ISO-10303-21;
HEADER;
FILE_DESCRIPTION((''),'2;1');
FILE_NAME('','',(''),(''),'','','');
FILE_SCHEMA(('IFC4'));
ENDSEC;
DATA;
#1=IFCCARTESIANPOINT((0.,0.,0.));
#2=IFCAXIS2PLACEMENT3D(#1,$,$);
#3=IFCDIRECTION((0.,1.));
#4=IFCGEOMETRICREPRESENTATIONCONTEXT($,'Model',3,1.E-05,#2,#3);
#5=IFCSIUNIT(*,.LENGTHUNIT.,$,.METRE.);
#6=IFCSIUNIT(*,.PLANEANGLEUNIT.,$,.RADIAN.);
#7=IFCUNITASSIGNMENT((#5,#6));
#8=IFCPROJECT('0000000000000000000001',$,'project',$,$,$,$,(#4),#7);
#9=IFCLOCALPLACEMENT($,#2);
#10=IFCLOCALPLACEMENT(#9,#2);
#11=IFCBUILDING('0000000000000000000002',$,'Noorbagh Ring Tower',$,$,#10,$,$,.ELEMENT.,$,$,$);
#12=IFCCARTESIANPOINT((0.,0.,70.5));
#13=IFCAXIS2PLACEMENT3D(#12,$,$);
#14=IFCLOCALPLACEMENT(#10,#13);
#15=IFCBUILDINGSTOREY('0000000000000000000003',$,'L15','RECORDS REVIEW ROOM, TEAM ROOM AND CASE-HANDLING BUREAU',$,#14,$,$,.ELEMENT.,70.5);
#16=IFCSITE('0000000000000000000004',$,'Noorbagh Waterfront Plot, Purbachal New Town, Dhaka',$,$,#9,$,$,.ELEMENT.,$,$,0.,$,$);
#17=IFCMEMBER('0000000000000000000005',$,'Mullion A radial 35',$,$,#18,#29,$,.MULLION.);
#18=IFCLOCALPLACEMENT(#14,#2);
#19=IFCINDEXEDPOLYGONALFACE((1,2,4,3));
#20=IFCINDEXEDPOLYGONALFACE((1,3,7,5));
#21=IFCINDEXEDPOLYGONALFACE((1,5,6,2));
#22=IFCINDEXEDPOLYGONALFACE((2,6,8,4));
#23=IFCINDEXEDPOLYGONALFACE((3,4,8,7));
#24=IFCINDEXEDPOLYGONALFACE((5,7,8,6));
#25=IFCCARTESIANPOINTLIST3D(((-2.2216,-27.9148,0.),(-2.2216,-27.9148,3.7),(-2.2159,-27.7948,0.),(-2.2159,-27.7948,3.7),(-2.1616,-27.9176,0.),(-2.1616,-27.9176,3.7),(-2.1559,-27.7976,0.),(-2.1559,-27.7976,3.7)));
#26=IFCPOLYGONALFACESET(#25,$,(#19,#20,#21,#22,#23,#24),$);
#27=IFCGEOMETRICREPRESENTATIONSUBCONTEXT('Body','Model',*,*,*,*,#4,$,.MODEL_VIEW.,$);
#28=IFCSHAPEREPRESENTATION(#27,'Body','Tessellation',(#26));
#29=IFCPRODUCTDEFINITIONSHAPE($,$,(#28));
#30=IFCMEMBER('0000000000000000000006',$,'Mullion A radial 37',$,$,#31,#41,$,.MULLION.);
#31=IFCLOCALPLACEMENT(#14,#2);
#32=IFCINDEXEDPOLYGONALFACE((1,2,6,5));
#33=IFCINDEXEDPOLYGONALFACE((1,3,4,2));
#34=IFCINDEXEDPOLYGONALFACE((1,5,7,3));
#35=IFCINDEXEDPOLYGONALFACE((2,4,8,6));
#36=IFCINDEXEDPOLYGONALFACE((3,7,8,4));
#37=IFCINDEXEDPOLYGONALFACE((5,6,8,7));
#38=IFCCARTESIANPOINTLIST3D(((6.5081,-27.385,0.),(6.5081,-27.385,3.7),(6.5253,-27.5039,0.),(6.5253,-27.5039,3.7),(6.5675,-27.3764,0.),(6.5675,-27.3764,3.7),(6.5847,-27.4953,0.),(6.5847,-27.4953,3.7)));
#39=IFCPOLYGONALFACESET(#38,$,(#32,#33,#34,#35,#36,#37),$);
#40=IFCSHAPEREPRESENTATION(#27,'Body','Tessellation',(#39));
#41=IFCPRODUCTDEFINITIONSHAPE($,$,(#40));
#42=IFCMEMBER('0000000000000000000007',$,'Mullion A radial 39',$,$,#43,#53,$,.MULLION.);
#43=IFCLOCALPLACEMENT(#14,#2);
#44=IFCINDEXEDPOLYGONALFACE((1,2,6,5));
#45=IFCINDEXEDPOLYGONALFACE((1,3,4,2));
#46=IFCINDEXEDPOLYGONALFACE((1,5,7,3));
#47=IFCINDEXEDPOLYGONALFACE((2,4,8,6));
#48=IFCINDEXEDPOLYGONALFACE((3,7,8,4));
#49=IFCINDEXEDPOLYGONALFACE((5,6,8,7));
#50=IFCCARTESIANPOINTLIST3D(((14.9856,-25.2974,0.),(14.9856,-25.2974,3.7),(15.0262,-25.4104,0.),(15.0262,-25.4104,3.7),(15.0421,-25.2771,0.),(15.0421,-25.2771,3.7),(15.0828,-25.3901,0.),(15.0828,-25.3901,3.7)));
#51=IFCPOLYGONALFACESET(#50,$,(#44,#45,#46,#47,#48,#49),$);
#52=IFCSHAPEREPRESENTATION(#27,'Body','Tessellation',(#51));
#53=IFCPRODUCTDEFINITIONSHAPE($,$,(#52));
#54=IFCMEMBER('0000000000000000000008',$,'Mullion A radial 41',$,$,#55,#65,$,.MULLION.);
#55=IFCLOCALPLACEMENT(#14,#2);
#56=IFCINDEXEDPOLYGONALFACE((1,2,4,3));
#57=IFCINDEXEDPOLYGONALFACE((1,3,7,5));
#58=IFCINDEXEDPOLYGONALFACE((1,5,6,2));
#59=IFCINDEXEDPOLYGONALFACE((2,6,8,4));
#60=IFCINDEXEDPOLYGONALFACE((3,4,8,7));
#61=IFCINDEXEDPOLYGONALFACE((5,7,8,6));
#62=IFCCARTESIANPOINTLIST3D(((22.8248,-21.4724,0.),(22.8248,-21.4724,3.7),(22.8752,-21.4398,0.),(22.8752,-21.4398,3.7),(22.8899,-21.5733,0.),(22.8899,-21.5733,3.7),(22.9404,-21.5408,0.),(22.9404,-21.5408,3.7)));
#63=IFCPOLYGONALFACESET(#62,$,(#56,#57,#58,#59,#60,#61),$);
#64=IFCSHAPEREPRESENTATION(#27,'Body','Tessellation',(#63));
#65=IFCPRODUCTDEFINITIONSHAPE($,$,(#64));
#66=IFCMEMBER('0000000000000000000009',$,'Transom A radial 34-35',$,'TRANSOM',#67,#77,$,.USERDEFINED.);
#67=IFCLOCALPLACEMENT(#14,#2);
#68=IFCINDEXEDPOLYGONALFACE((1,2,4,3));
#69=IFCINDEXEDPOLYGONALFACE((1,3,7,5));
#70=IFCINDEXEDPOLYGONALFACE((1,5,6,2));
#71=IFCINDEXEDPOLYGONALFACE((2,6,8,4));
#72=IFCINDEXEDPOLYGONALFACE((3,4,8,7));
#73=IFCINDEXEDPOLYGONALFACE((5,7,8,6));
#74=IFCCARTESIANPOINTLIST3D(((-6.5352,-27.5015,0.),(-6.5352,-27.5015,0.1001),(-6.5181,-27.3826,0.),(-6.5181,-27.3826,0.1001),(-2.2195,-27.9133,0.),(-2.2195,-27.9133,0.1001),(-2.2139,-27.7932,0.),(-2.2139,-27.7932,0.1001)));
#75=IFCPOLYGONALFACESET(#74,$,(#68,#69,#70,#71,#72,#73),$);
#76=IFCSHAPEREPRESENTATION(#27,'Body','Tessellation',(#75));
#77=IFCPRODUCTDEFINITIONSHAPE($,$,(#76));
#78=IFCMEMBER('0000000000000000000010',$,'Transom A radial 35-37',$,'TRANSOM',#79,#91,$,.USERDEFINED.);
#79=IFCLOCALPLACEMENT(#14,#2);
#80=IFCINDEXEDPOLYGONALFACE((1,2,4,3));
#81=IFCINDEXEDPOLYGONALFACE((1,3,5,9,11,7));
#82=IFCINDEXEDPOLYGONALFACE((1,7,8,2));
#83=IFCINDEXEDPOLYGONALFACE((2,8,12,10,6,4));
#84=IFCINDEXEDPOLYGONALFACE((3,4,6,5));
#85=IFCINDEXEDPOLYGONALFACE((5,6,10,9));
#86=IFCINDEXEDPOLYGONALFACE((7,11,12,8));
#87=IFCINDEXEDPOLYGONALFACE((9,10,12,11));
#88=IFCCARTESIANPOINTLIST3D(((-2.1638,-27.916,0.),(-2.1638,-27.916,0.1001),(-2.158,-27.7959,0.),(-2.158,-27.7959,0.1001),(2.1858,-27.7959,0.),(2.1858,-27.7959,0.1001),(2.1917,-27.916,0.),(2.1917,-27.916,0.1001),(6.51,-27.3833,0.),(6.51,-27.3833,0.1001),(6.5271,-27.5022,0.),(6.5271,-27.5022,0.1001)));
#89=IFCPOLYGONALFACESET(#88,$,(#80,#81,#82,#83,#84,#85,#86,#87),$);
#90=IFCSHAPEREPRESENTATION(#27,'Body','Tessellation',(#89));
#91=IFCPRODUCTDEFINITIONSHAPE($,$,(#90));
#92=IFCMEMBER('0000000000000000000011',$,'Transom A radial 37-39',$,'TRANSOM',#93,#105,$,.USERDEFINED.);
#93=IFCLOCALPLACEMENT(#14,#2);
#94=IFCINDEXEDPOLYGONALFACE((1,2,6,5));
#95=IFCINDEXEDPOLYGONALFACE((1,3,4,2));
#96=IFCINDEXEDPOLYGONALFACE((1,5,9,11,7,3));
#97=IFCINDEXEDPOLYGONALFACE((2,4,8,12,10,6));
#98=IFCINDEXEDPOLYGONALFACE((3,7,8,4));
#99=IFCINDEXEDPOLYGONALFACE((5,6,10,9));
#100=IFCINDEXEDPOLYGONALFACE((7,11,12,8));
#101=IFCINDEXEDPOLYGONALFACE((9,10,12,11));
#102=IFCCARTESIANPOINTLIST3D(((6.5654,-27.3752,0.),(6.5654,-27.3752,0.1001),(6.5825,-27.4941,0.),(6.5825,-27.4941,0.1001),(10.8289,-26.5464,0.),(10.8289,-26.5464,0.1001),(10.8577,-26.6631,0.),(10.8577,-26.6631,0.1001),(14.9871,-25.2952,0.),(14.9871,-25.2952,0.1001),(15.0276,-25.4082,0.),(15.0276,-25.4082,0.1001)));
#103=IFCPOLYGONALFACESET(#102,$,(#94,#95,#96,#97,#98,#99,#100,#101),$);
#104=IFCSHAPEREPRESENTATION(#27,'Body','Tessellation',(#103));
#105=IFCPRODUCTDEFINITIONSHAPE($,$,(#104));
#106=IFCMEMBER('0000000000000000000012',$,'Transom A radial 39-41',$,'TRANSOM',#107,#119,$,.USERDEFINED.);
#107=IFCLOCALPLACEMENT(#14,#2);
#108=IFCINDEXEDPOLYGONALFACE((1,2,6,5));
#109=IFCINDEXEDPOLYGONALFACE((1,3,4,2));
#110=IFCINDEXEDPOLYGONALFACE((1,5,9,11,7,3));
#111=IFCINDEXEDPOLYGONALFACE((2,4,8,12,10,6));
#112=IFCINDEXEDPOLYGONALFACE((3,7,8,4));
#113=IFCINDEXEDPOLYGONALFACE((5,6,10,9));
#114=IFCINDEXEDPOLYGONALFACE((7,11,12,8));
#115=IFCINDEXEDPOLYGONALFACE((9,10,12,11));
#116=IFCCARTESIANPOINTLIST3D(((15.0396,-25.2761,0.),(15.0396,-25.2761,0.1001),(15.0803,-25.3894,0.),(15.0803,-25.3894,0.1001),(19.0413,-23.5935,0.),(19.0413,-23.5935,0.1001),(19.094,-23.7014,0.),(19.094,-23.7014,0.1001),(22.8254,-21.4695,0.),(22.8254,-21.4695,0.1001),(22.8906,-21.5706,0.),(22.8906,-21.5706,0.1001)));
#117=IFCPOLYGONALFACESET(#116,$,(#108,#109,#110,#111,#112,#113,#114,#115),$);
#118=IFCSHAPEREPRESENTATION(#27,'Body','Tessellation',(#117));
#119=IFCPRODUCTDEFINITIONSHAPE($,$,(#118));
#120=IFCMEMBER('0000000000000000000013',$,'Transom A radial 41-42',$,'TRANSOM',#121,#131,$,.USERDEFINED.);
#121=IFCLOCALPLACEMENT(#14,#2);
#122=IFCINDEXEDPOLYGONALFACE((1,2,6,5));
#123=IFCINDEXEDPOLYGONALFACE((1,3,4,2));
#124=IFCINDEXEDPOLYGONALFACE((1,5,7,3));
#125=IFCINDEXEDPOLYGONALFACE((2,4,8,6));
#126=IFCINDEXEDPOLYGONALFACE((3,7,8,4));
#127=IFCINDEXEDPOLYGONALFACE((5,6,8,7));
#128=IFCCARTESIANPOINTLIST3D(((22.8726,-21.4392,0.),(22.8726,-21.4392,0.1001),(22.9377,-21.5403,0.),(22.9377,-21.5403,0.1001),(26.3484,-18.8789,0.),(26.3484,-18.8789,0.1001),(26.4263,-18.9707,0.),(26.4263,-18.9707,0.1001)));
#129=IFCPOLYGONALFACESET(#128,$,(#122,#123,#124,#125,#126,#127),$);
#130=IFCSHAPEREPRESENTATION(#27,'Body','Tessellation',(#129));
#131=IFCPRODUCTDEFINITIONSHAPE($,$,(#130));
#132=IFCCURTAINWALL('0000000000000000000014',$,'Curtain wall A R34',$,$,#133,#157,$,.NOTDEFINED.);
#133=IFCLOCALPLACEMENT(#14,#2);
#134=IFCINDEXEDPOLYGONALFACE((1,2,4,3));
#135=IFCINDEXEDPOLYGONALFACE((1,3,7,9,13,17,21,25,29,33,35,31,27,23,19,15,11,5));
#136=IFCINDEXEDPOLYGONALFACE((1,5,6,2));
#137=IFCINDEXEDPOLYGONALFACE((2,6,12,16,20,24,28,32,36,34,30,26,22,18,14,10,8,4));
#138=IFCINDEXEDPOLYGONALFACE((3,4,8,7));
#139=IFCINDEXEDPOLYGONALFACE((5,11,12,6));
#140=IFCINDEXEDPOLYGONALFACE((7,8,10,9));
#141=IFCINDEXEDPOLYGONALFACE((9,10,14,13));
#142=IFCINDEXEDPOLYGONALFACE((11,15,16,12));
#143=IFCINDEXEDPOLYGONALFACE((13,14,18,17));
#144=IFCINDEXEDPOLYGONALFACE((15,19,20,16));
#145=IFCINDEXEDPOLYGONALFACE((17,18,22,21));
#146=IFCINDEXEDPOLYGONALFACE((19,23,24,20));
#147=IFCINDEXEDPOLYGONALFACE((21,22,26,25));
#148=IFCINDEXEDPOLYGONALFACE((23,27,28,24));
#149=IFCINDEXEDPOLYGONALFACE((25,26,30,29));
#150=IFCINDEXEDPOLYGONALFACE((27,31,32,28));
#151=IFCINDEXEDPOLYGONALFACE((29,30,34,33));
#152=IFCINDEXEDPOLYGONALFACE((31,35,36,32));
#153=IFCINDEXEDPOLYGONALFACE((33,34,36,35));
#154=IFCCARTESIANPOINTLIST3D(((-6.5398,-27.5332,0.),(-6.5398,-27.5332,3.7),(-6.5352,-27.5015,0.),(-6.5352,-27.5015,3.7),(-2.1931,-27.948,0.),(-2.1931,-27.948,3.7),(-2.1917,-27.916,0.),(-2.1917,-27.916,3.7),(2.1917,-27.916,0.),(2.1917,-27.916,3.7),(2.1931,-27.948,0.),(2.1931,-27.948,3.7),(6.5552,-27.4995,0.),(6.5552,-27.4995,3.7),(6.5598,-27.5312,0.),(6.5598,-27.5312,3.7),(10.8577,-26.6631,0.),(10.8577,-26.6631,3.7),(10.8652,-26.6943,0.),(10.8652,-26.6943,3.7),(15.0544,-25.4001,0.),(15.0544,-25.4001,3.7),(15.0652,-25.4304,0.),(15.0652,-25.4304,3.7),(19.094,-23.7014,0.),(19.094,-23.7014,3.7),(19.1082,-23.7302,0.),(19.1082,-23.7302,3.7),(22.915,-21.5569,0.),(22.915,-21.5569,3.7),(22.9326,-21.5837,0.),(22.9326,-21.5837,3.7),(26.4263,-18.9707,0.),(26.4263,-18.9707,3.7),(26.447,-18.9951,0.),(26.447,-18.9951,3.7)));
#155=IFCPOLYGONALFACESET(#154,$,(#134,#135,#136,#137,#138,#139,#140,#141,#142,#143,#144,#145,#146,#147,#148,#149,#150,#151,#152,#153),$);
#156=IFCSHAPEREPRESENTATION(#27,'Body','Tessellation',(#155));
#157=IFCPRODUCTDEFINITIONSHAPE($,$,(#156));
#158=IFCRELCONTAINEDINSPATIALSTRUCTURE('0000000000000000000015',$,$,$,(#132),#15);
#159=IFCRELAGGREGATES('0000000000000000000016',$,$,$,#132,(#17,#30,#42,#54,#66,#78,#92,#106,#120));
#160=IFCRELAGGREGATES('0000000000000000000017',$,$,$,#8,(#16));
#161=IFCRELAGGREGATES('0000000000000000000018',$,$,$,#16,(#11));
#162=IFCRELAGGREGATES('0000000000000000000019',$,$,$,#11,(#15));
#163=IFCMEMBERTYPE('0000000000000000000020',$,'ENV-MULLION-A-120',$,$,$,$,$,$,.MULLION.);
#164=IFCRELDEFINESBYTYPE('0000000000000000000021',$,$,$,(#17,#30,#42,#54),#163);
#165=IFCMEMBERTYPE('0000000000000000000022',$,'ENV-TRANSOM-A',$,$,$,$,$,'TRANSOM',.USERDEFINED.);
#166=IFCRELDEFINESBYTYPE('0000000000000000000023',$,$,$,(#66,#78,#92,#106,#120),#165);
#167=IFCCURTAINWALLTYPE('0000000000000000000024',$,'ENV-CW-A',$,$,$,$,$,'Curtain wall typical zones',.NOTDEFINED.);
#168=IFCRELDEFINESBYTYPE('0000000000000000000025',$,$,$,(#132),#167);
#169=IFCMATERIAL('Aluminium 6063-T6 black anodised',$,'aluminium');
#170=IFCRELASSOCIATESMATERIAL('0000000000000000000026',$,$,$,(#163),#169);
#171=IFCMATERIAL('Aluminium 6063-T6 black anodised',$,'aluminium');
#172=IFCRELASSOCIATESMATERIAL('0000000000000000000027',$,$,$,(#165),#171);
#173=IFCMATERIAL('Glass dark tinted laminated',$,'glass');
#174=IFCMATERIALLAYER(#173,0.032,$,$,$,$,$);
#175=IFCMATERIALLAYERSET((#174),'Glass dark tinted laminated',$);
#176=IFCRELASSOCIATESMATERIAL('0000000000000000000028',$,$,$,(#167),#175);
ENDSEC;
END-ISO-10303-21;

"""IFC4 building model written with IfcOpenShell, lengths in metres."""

from ifc_helpers import new_model, si_unit, direction, frame, origin, origin_2d, place, context, subcontext, project, spatial, polyline, rectangle, outline, extrude, material, layer, layer_set, material_profile, profile_set, type_object, element, aggregate, save


model = new_model("IFC4")

# Units and contexts
model_context = context("Model", 3, precision=1e-05, world=origin(), true_north=direction((0.0, 1.0)))
body_context = subcontext(model_context, "Body", "Model", "MODEL_VIEW")
ifc_project = project(units=[si_unit("LENGTHUNIT", "METRE"), si_unit("PLANEANGLEUNIT", "RADIAN")], contexts=[model_context])

# Members
ifc_material_1 = material(Name="Aluminium 6063-T6 black anodised", Category="aluminium")
ifc_material_profile = material_profile(ifc_material_1, rectangle(XDim=0.1201, YDim=0.0601, at=origin_2d()), Name="120x60")
ifc_profile_set = profile_set([ifc_material_profile], Name="Aluminium 6063-T6 black anodised")
member_type_1 = type_object("IfcMemberType", Name="ENV-MULLION-A-120", PredefinedType="MULLION", material=ifc_profile_set)
site_placement = place(None, origin())
building_placement = place(site_placement, origin())
storey_placement = place(building_placement, frame((0.0, 0.0, 70.5)))
member_1_placement = place(storey_placement, frame((-2.1887, -27.8562, 0.0), z_axis=(0.0, 0.0, 1.0), x_axis=(0.047558, 0.998868, 0.0)))
member_1 = element("IfcMember", 1, at=member_1_placement, type_object=member_type_1, Name="Mullion A radial 35", PredefinedType="MULLION", context=body_context, shape_type="SweptSolid", body=[
    extrude(rectangle(XDim=0.1201, YDim=0.0601, at=origin_2d()), origin(), (0.0, 0.0, 1.0), 3.7),
])
member_2_placement = place(storey_placement, frame((6.5464, -27.4402, 0.0), z_axis=(0.0, 0.0, 1.0), x_axis=(-0.143082, 0.989711, 0.0)))
member_2 = element("IfcMember", 2, at=member_2_placement, type_object=member_type_1, Name="Mullion A radial 37", PredefinedType="MULLION", context=body_context, shape_type="SweptSolid", body=[
    extrude(rectangle(XDim=0.1201, YDim=0.0601, at=origin_2d()), origin(), (0.0, 0.0, 1.0), 3.7),
])
member_3_placement = place(storey_placement, frame((15.0342, -25.3438, 0.0), z_axis=(0.0, 0.0, 1.0), x_axis=(-0.338379, 0.94101, 0.0)))
member_3 = element("IfcMember", 3, at=member_3_placement, type_object=member_type_1, Name="Mullion A radial 39", PredefinedType="MULLION", context=body_context, shape_type="SweptSolid", body=[
    extrude(rectangle(XDim=0.1201, YDim=0.0601, at=origin_2d()), origin(), (0.0, 0.0, 1.0), 3.7),
])
member_4_placement = place(storey_placement, frame((22.8826, -21.5066, 0.0), z_axis=(0.0, 0.0, 1.0), x_axis=(-0.542279, 0.840198, 0.0)))
member_4 = element("IfcMember", 4, at=member_4_placement, type_object=member_type_1, Name="Mullion A radial 41", PredefinedType="MULLION", context=body_context, shape_type="SweptSolid", body=[
    extrude(rectangle(XDim=0.1201, YDim=0.0601, at=origin_2d()), origin(), (0.0, 0.0, 1.0), 3.7),
])
ifc_material_2 = material(Name="Aluminium 6063-T6 black anodised", Category="aluminium")
member_type_2 = type_object("IfcMemberType", Name="ENV-TRANSOM-A", ElementType="TRANSOM", PredefinedType="USERDEFINED", material=ifc_material_2)
member_5_placement = place(storey_placement, origin())
member_5 = element("IfcMember", 5, at=member_5_placement, type_object=member_type_2, Name="Transom A radial 34-35", ObjectType="TRANSOM", PredefinedType="USERDEFINED", context=body_context, shape_type="SweptSolid", body=[
    extrude(outline(polyline([(-6.5352, -27.5015), (-2.2195, -27.9133), (-2.2139, -27.7932), (-6.5181, -27.3826), (-6.5352, -27.5015)])), origin(), (0.0, 0.0, 1.0), 0.1001),
])
member_6_placement = place(storey_placement, origin())
member_6 = element("IfcMember", 6, at=member_6_placement, type_object=member_type_2, Name="Transom A radial 35-37", ObjectType="TRANSOM", PredefinedType="USERDEFINED", context=body_context, shape_type="SweptSolid", body=[
    extrude(outline(polyline([(-2.1638, -27.916), (2.1917, -27.916), (6.5271, -27.5022), (6.51, -27.3833), (2.1858, -27.7959), (-2.158, -27.7959), (-2.1638, -27.916)])), origin(), (0.0, 0.0, 1.0), 0.1001),
])
member_7_placement = place(storey_placement, origin())
member_7 = element("IfcMember", 7, at=member_7_placement, type_object=member_type_2, Name="Transom A radial 37-39", ObjectType="TRANSOM", PredefinedType="USERDEFINED", context=body_context, shape_type="SweptSolid", body=[
    extrude(outline(polyline([(6.5825, -27.4941), (10.8577, -26.6631), (15.0276, -25.4082), (14.9871, -25.2952), (10.8289, -26.5464), (6.5654, -27.3752), (6.5825, -27.4941)])), origin(), (0.0, 0.0, 1.0), 0.1001),
])
member_8_placement = place(storey_placement, origin())
member_8 = element("IfcMember", 8, at=member_8_placement, type_object=member_type_2, Name="Transom A radial 39-41", ObjectType="TRANSOM", PredefinedType="USERDEFINED", context=body_context, shape_type="SweptSolid", body=[
    extrude(outline(polyline([(15.0803, -25.3894), (19.094, -23.7014), (22.8906, -21.5706), (22.8254, -21.4695), (19.0413, -23.5935), (15.0396, -25.2761), (15.0803, -25.3894)])), origin(), (0.0, 0.0, 1.0), 0.1001),
])
member_9_placement = place(storey_placement, origin())
member_9 = element("IfcMember", 9, at=member_9_placement, type_object=member_type_2, Name="Transom A radial 41-42", ObjectType="TRANSOM", PredefinedType="USERDEFINED", context=body_context, shape_type="SweptSolid", body=[
    extrude(outline(polyline([(22.9377, -21.5403), (26.4263, -18.9707), (26.3484, -18.8789), (22.8726, -21.4392), (22.9377, -21.5403)])), origin(), (0.0, 0.0, 1.0), 0.1001),
])

# Site, building, storey
site = spatial("IfcSite", under=ifc_project, at=site_placement, Name="Noorbagh Waterfront Plot, Purbachal New Town, Dhaka", CompositionType="ELEMENT", RefElevation=0.0)
building = spatial("IfcBuilding", under=site, at=building_placement, Name="Noorbagh Ring Tower", CompositionType="ELEMENT")
storey = spatial("IfcBuildingStorey", under=building, at=storey_placement, Name="L15", Description="RECORDS REVIEW ROOM, TEAM ROOM AND CASE-HANDLING BUREAU", CompositionType="ELEMENT", Elevation=70.5)

# Curtain wall
ifc_material_3 = material(Name="Glass dark tinted laminated", Category="glass")
ifc_layer = layer(ifc_material_3, 0.032)
ifc_layer_set = layer_set([ifc_layer], Name="Glass dark tinted laminated")
curtain_wall_type = type_object("IfcCurtainWallType", Name="ENV-CW-A", ElementType="Curtain wall typical zones", PredefinedType="NOTDEFINED", material=ifc_layer_set)
curtain_wall_1_placement = place(storey_placement, origin())
curtain_wall_1 = element("IfcCurtainWall", 10, at=curtain_wall_1_placement, inside=storey, type_object=curtain_wall_type, Name="Curtain wall A R34", PredefinedType="NOTDEFINED", context=body_context, shape_type="SweptSolid", body=[
    extrude(outline(polyline([(-6.5398, -27.5332), (-2.1931, -27.948), (2.1931, -27.948), (6.5598, -27.5312), (10.8652, -26.6943), (15.0652, -25.4304), (19.1082, -23.7302), (22.9326, -21.5837), (26.447, -18.9951), (26.4263, -18.9707), (22.915, -21.5569), (19.094, -23.7014), (15.0544, -25.4001), (10.8577, -26.6631), (6.5552, -27.4995), (2.1917, -27.916), (-2.1917, -27.916), (-6.5352, -27.5015), (-6.5398, -27.5332)])), origin(), (0.0, 0.0, 1.0), 3.7),
])
aggregate(curtain_wall_1, [member_1, member_2, member_3, member_4, member_5, member_6, member_7, member_8, member_9])

save(model, "model.ifc")
